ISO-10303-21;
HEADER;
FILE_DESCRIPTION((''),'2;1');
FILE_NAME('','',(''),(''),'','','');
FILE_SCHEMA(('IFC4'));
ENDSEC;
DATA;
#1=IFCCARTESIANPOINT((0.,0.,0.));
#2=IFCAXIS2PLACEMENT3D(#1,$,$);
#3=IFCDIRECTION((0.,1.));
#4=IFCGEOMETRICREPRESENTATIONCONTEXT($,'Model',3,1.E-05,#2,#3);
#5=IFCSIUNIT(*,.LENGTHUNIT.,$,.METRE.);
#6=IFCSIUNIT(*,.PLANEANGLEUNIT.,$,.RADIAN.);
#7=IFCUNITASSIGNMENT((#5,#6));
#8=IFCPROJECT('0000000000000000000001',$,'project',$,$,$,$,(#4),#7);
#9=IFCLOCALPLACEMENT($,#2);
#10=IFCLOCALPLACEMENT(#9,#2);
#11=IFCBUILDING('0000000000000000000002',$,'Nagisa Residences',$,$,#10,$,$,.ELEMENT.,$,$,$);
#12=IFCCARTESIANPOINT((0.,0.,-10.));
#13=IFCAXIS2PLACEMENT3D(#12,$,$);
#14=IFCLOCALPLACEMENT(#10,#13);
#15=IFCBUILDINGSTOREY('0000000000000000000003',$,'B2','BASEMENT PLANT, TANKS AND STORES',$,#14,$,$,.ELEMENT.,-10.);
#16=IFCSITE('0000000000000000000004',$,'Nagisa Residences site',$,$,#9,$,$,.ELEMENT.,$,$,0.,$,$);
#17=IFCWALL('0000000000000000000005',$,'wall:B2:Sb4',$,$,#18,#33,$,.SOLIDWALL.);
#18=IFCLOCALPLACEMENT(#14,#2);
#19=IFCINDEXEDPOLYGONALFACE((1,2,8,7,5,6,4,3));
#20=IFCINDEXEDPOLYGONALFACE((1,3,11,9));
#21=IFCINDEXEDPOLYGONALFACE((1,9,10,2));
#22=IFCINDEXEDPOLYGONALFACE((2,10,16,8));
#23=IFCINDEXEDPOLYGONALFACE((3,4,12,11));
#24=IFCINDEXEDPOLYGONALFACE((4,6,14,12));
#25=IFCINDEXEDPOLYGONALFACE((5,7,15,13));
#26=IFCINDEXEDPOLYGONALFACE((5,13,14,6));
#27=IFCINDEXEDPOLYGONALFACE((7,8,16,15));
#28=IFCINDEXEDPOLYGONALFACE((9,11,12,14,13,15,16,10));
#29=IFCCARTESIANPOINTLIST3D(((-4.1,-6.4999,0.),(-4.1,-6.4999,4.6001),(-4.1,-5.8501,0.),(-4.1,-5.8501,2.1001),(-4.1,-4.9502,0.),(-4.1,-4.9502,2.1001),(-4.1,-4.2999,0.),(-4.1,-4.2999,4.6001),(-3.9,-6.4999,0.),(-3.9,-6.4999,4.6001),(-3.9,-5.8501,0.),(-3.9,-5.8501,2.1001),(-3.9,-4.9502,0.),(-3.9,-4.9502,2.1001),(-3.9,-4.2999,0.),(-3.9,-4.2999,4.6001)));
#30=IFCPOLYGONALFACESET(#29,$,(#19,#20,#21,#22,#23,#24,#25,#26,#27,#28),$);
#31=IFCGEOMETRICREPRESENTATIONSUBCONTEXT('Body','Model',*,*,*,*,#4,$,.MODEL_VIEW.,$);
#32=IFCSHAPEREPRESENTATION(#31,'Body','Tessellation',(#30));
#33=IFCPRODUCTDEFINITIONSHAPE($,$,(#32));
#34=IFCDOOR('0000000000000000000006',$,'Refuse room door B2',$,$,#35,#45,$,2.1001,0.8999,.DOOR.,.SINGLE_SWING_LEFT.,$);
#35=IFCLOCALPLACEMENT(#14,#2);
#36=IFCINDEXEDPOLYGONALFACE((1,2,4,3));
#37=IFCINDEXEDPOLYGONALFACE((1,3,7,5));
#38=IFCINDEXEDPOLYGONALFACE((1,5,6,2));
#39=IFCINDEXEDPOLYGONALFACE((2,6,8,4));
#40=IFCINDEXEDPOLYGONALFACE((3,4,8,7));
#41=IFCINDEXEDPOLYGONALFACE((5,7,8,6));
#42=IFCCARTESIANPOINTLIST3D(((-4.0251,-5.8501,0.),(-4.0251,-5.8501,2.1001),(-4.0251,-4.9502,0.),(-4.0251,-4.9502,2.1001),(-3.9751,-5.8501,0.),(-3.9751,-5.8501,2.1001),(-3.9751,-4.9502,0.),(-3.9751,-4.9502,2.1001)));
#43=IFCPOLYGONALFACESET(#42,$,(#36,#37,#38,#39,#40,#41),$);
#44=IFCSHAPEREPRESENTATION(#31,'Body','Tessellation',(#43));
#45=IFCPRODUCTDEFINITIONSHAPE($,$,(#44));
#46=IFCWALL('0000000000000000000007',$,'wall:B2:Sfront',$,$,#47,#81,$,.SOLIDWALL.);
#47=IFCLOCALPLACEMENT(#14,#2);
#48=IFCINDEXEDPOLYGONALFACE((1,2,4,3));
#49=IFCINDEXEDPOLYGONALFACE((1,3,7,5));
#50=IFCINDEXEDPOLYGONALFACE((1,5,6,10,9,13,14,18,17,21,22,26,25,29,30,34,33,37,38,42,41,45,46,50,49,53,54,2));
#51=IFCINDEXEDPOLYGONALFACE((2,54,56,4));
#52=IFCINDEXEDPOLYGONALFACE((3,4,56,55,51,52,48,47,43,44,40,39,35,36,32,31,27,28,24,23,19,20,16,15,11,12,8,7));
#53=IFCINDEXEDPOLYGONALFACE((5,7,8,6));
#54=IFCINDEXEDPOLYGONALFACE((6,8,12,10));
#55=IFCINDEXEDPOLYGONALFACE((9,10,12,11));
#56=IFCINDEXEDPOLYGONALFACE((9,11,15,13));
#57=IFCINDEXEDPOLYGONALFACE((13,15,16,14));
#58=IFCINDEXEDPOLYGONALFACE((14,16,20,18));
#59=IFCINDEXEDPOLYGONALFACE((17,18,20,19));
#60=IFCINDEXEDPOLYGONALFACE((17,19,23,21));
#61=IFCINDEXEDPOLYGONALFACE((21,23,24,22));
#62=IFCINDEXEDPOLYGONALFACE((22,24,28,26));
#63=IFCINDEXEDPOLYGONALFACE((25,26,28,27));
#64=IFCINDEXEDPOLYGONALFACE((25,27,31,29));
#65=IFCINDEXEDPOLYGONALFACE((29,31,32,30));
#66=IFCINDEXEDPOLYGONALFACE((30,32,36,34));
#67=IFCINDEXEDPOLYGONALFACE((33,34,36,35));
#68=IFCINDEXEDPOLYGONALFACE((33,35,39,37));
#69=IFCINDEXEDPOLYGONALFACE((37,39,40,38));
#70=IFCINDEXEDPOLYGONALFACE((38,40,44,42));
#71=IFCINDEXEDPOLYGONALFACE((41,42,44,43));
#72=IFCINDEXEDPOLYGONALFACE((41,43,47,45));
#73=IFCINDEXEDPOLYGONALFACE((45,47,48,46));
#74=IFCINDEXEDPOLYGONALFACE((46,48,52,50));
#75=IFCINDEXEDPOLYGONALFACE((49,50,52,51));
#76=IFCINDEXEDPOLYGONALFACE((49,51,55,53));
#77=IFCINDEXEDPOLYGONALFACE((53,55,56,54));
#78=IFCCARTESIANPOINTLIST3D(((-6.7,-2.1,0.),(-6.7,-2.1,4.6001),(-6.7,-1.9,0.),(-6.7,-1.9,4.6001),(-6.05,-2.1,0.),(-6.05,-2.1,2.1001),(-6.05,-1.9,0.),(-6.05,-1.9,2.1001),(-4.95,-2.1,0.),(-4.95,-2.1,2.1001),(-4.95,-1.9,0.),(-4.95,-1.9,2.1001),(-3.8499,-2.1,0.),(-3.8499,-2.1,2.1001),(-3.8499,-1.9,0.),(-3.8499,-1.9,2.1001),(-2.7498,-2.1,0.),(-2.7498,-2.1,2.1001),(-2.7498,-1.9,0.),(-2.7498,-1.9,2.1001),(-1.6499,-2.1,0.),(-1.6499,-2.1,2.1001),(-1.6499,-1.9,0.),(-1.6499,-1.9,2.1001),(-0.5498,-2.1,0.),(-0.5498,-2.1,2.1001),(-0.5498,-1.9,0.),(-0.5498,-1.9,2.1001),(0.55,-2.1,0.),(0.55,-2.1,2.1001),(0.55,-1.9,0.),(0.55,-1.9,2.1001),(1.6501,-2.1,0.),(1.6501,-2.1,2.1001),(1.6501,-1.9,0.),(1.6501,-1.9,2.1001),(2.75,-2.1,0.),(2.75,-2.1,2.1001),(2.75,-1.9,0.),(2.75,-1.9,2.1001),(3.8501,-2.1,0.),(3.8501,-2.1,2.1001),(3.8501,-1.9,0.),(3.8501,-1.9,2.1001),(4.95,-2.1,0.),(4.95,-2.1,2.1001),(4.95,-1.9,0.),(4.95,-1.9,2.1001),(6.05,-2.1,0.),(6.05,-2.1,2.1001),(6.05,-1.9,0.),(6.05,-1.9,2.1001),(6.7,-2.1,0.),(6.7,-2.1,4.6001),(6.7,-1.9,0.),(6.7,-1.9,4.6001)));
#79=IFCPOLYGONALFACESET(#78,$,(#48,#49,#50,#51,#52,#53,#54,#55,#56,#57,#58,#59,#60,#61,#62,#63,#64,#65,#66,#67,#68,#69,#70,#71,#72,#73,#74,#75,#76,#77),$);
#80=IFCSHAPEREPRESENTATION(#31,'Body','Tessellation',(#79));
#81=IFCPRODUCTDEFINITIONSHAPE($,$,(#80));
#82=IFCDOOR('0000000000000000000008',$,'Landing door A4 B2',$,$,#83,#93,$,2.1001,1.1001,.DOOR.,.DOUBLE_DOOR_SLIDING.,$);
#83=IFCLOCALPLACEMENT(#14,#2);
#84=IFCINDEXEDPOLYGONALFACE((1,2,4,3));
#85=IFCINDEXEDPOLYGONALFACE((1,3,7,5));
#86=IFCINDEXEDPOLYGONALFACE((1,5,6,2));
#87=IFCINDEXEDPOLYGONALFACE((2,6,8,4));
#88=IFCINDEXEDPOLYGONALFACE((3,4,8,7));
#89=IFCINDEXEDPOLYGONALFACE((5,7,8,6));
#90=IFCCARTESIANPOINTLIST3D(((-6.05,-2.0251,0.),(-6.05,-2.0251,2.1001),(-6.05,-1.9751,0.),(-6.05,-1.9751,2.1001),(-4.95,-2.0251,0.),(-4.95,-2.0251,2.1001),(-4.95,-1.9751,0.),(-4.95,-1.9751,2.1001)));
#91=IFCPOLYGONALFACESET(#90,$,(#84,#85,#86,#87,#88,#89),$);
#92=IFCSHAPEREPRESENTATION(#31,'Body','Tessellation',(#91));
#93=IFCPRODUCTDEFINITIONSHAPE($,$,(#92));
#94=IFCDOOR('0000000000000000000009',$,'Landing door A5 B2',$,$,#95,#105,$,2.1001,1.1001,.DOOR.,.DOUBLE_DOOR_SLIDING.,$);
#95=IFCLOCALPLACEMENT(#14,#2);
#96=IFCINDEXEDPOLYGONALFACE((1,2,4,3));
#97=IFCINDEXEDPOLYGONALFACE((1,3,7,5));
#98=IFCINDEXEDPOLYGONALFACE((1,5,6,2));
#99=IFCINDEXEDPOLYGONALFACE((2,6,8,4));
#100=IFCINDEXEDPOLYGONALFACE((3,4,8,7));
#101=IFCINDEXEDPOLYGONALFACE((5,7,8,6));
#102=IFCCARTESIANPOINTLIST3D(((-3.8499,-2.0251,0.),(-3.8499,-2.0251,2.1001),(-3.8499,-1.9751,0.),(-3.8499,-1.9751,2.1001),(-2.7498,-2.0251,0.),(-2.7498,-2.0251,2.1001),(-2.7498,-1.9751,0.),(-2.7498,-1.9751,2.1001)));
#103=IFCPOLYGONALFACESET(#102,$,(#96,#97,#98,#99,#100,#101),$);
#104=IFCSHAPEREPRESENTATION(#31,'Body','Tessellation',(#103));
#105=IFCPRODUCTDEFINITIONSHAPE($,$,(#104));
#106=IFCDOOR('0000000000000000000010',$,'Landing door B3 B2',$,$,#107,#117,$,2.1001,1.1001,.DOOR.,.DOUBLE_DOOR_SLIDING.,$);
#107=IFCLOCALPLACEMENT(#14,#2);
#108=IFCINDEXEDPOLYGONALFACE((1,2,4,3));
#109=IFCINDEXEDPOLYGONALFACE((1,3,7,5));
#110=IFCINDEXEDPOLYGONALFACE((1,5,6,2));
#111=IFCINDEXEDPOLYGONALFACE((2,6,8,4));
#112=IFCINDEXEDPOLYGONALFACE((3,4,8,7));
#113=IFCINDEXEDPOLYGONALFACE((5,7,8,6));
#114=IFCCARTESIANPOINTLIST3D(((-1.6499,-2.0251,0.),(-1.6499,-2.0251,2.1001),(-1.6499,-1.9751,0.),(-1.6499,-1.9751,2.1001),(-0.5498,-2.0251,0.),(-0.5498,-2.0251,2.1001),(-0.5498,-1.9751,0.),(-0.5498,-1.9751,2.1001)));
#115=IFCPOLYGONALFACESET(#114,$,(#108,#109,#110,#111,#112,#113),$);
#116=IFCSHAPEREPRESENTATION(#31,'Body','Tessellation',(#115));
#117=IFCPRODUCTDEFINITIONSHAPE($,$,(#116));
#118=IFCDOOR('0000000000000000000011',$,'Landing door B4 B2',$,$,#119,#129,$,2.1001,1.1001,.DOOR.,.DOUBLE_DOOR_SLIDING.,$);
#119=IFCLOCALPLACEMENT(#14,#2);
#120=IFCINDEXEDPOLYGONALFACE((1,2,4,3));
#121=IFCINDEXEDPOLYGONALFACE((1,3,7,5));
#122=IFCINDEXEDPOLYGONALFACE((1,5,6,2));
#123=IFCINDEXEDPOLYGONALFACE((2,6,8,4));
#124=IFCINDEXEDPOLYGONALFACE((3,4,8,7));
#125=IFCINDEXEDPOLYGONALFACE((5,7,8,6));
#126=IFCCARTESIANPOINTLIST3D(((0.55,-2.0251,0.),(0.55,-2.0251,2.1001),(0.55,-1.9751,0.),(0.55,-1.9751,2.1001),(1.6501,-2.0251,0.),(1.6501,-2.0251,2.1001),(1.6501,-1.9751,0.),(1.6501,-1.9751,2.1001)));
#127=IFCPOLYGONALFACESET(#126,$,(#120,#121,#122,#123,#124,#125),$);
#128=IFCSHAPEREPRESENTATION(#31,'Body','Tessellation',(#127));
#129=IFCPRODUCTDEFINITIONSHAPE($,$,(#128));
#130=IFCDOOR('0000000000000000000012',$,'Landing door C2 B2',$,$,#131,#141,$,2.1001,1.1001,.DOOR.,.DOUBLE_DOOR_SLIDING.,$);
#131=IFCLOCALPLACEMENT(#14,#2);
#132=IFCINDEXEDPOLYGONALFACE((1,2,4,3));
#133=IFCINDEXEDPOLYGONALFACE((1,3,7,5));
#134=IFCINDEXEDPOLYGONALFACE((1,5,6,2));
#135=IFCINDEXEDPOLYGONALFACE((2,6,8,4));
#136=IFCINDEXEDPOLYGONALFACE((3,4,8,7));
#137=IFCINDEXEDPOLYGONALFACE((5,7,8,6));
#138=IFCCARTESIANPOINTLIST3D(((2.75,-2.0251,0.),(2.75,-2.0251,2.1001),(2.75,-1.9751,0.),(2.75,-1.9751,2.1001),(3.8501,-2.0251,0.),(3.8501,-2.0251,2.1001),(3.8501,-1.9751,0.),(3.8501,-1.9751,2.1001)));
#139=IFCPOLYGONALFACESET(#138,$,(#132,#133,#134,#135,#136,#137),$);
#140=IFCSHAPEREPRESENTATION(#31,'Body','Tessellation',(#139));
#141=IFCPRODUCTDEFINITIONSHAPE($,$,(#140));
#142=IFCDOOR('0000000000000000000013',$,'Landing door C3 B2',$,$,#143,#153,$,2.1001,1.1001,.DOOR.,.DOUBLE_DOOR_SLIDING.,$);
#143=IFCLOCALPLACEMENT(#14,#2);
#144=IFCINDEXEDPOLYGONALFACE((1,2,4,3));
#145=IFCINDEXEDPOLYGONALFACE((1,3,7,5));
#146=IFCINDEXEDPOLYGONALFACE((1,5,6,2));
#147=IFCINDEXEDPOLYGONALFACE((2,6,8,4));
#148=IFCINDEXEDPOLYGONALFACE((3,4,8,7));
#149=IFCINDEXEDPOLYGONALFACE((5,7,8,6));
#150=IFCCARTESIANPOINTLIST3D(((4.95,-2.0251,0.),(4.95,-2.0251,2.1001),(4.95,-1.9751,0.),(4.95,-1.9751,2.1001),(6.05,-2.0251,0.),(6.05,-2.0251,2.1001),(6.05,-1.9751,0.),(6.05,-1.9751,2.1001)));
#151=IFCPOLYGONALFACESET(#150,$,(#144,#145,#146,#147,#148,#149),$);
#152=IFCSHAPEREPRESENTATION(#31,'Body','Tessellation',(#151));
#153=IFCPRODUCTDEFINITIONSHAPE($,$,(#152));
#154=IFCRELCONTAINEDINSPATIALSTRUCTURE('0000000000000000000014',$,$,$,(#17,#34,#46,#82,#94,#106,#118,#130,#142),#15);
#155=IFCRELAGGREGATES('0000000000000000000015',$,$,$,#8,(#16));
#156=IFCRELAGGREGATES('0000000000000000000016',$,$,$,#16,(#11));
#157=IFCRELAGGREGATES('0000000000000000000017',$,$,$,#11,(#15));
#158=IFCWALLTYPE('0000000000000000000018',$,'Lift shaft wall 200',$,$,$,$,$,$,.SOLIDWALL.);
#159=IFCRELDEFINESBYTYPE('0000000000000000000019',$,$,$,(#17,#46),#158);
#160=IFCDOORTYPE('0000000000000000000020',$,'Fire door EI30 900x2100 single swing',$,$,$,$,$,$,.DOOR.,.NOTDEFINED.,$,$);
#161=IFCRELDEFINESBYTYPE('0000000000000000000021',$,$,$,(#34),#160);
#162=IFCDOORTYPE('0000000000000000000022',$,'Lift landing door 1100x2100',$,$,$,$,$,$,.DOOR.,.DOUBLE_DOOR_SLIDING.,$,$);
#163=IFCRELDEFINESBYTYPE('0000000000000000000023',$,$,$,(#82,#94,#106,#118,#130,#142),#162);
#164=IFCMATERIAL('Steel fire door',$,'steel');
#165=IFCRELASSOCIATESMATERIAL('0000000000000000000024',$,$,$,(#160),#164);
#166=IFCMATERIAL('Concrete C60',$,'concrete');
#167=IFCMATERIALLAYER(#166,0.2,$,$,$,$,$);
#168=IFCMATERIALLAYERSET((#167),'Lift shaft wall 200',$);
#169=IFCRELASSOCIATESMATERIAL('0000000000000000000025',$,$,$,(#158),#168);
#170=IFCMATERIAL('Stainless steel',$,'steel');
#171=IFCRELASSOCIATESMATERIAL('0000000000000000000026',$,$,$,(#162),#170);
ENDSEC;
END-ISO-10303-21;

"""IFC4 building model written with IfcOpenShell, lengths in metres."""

from ifc_helpers import new_model, si_unit, direction, frame, frame_2d, origin, place, context, subcontext, project, spatial, rectangle, extrude, material, layer, layer_set, type_object, element, fill, save


model = new_model("IFC4")

# Units and contexts
model_context = context("Model", 3, precision=1e-05, world=origin(), true_north=direction((0.0, 1.0)))
body_context = subcontext(model_context, "Body", "Model", "MODEL_VIEW")
ifc_project = project(units=[si_unit("LENGTHUNIT", "METRE"), si_unit("PLANEANGLEUNIT", "RADIAN")], contexts=[model_context])

# Site, building, storey
site_placement = place(None, origin())
site = spatial("IfcSite", under=ifc_project, at=site_placement, Name="Nagisa Residences site", CompositionType="ELEMENT", RefElevation=0.0)
building_placement = place(site_placement, origin())
building = spatial("IfcBuilding", under=site, at=building_placement, Name="Nagisa Residences", CompositionType="ELEMENT")
storey_placement = place(building_placement, frame((0.0, 0.0, -10.0)))
storey = spatial("IfcBuildingStorey", under=building, at=storey_placement, Name="B2", Description="BASEMENT PLANT, TANKS AND STORES", CompositionType="ELEMENT", Elevation=-10.0)

# Shared definitions
ifc_material_1 = material(Name="Steel fire door", Category="steel")
door_type_1 = type_object("IfcDoorType", Name="Fire door EI30 900x2100 single swing", OperationType="NOTDEFINED", PredefinedType="DOOR", material=ifc_material_1)

# Wall, opening, door
ifc_material_2 = material(Name="Concrete C60", Category="concrete")
ifc_layer_1 = layer(ifc_material_2, 0.2)
ifc_layer_set_1 = layer_set([ifc_layer_1], Name="Lift shaft wall 200")
wall_type_1 = type_object("IfcWallType", Name="Lift shaft wall 200", PredefinedType="SOLIDWALL", material=ifc_layer_set_1)
wall_1_placement = place(storey_placement, frame((-4.0, -6.5, 0.0), z_axis=(0.0, 0.0, 1.0), x_axis=(0.0, 1.0, 0.0)))
wall_1 = element("IfcWall", 1, at=wall_1_placement, inside=storey, type_object=wall_type_1, Name="wall:B2:Sb4", PredefinedType="SOLIDWALL", context=body_context, shape_type="SweptSolid", body=[
    extrude(rectangle(XDim=2.2, YDim=0.2, at=frame_2d((1.1001, 0.0))), origin(), (0.0, 0.0, 1.0), 4.6001),
])
opening_1_placement = place(wall_1_placement, frame((0.6499, 0.0, 0.0)))
opening_1 = element("IfcOpeningElement", 2, at=opening_1_placement, cuts=wall_1, PredefinedType="OPENING", context=body_context, shape_type="SweptSolid", body=[
    extrude(rectangle(XDim=0.8999, YDim=2.1001, at=frame_2d((0.45, 1.05))), frame((0.0, 0.1099, 0.0), z_axis=(0.0, -1.0, 0.0), x_axis=(1.0, 0.0, 0.0)), (0.0, 0.0, 1.0), 0.22),
])
door_1_placement = place(opening_1_placement, frame((0.8999, 0.0, 0.0), x_axis=(-1.0, 0.0, 0.0)))
door_1 = element("IfcDoor", 3, at=door_1_placement, inside=storey, type_object=door_type_1, Name="Refuse room door B2", OperationType="SINGLE_SWING_LEFT", OverallHeight=2.1001, OverallWidth=0.8999, PredefinedType="DOOR", context=body_context, shape_type="SweptSolid", body=[
    extrude(rectangle(XDim=0.8999, YDim=2.1001, at=frame_2d((0.45, 1.05))), frame((0.0, 0.0249, 0.0), z_axis=(0.0, -1.0, 0.0), x_axis=(1.0, 0.0, 0.0)), (0.0, 0.0, 1.0), 0.05),
])
fill(opening_1, door_1)

# Wall, openings, doors
wall_2_placement = place(storey_placement, frame((-6.7, -2.0, 0.0), z_axis=(0.0, 0.0, 1.0), x_axis=(1.0, 0.0, 0.0)))
wall_2 = element("IfcWall", 4, at=wall_2_placement, inside=storey, type_object=wall_type_1, Name="wall:B2:Sfront", PredefinedType="SOLIDWALL", context=body_context, shape_type="SweptSolid", body=[
    extrude(rectangle(XDim=13.3999, YDim=0.2, at=frame_2d((6.7, 0.0))), origin(), (0.0, 0.0, 1.0), 4.6001),
])
opening_2_placement = place(wall_2_placement, frame((0.6499, 0.0, 0.0)))
opening_2 = element("IfcOpeningElement", 5, at=opening_2_placement, cuts=wall_2, PredefinedType="OPENING", context=body_context, shape_type="SweptSolid", body=[
    extrude(rectangle(XDim=1.1001, YDim=2.1001, at=frame_2d((0.55, 1.05))), frame((0.0, 0.1099, 0.0), z_axis=(0.0, -1.0, 0.0), x_axis=(1.0, 0.0, 0.0)), (0.0, 0.0, 1.0), 0.22),
])
opening_3_placement = place(wall_2_placement, frame((2.8501, 0.0, 0.0)))
opening_3 = element("IfcOpeningElement", 6, at=opening_3_placement, cuts=wall_2, PredefinedType="OPENING", context=body_context, shape_type="SweptSolid", body=[
    extrude(rectangle(XDim=1.1001, YDim=2.1001, at=frame_2d((0.55, 1.05))), frame((0.0, 0.1099, 0.0), z_axis=(0.0, -1.0, 0.0), x_axis=(1.0, 0.0, 0.0)), (0.0, 0.0, 1.0), 0.22),
])
opening_4_placement = place(wall_2_placement, frame((5.05, 0.0, 0.0)))
opening_4 = element("IfcOpeningElement", 7, at=opening_4_placement, cuts=wall_2, PredefinedType="OPENING", context=body_context, shape_type="SweptSolid", body=[
    extrude(rectangle(XDim=1.1001, YDim=2.1001, at=frame_2d((0.55, 1.05))), frame((0.0, 0.1099, 0.0), z_axis=(0.0, -1.0, 0.0), x_axis=(1.0, 0.0, 0.0)), (0.0, 0.0, 1.0), 0.22),
])
opening_5_placement = place(wall_2_placement, frame((7.25, 0.0, 0.0)))
opening_5 = element("IfcOpeningElement", 8, at=opening_5_placement, cuts=wall_2, PredefinedType="OPENING", context=body_context, shape_type="SweptSolid", body=[
    extrude(rectangle(XDim=1.1001, YDim=2.1001, at=frame_2d((0.55, 1.05))), frame((0.0, 0.1099, 0.0), z_axis=(0.0, -1.0, 0.0), x_axis=(1.0, 0.0, 0.0)), (0.0, 0.0, 1.0), 0.22),
])
opening_6_placement = place(wall_2_placement, frame((9.45, 0.0, 0.0)))
opening_6 = element("IfcOpeningElement", 9, at=opening_6_placement, cuts=wall_2, PredefinedType="OPENING", context=body_context, shape_type="SweptSolid", body=[
    extrude(rectangle(XDim=1.1001, YDim=2.1001, at=frame_2d((0.55, 1.05))), frame((0.0, 0.1099, 0.0), z_axis=(0.0, -1.0, 0.0), x_axis=(1.0, 0.0, 0.0)), (0.0, 0.0, 1.0), 0.22),
])
opening_7_placement = place(wall_2_placement, frame((11.6499, 0.0, 0.0)))
opening_7 = element("IfcOpeningElement", 10, at=opening_7_placement, cuts=wall_2, PredefinedType="OPENING", context=body_context, shape_type="SweptSolid", body=[
    extrude(rectangle(XDim=1.1001, YDim=2.1001, at=frame_2d((0.55, 1.05))), frame((0.0, 0.1099, 0.0), z_axis=(0.0, -1.0, 0.0), x_axis=(1.0, 0.0, 0.0)), (0.0, 0.0, 1.0), 0.22),
])
ifc_material_3 = material(Name="Stainless steel", Category="steel")
door_type_2 = type_object("IfcDoorType", Name="Lift landing door 1100x2100", OperationType="DOUBLE_DOOR_SLIDING", PredefinedType="DOOR", material=ifc_material_3)
door_2_placement = place(opening_2_placement, origin())
door_2 = element("IfcDoor", 11, at=door_2_placement, inside=storey, type_object=door_type_2, Name="Landing door A4 B2", OperationType="DOUBLE_DOOR_SLIDING", OverallHeight=2.1001, OverallWidth=1.1001, PredefinedType="DOOR", context=body_context, shape_type="SweptSolid", body=[
    extrude(rectangle(XDim=1.1001, YDim=2.1001, at=frame_2d((0.55, 1.05))), frame((0.0, 0.0249, 0.0), z_axis=(0.0, -1.0, 0.0), x_axis=(1.0, 0.0, 0.0)), (0.0, 0.0, 1.0), 0.05),
])
fill(opening_2, door_2)
door_3_placement = place(opening_3_placement, origin())
door_3 = element("IfcDoor", 12, at=door_3_placement, inside=storey, type_object=door_type_2, Name="Landing door A5 B2", OperationType="DOUBLE_DOOR_SLIDING", OverallHeight=2.1001, OverallWidth=1.1001, PredefinedType="DOOR", context=body_context, shape_type="SweptSolid", body=[
    extrude(rectangle(XDim=1.1001, YDim=2.1001, at=frame_2d((0.55, 1.05))), frame((0.0, 0.0249, 0.0), z_axis=(0.0, -1.0, 0.0), x_axis=(1.0, 0.0, 0.0)), (0.0, 0.0, 1.0), 0.05),
])
fill(opening_3, door_3)
door_4_placement = place(opening_4_placement, origin())
door_4 = element("IfcDoor", 13, at=door_4_placement, inside=storey, type_object=door_type_2, Name="Landing door B3 B2", OperationType="DOUBLE_DOOR_SLIDING", OverallHeight=2.1001, OverallWidth=1.1001, PredefinedType="DOOR", context=body_context, shape_type="SweptSolid", body=[
    extrude(rectangle(XDim=1.1001, YDim=2.1001, at=frame_2d((0.55, 1.05))), frame((0.0, 0.0249, 0.0), z_axis=(0.0, -1.0, 0.0), x_axis=(1.0, 0.0, 0.0)), (0.0, 0.0, 1.0), 0.05),
])
fill(opening_4, door_4)
door_5_placement = place(opening_5_placement, origin())
door_5 = element("IfcDoor", 14, at=door_5_placement, inside=storey, type_object=door_type_2, Name="Landing door B4 B2", OperationType="DOUBLE_DOOR_SLIDING", OverallHeight=2.1001, OverallWidth=1.1001, PredefinedType="DOOR", context=body_context, shape_type="SweptSolid", body=[
    extrude(rectangle(XDim=1.1001, YDim=2.1001, at=frame_2d((0.55, 1.05))), frame((0.0, 0.0249, 0.0), z_axis=(0.0, -1.0, 0.0), x_axis=(1.0, 0.0, 0.0)), (0.0, 0.0, 1.0), 0.05),
])
fill(opening_5, door_5)
door_6_placement = place(opening_6_placement, origin())
door_6 = element("IfcDoor", 15, at=door_6_placement, inside=storey, type_object=door_type_2, Name="Landing door C2 B2", OperationType="DOUBLE_DOOR_SLIDING", OverallHeight=2.1001, OverallWidth=1.1001, PredefinedType="DOOR", context=body_context, shape_type="SweptSolid", body=[
    extrude(rectangle(XDim=1.1001, YDim=2.1001, at=frame_2d((0.55, 1.05))), frame((0.0, 0.0249, 0.0), z_axis=(0.0, -1.0, 0.0), x_axis=(1.0, 0.0, 0.0)), (0.0, 0.0, 1.0), 0.05),
])
fill(opening_6, door_6)
door_7_placement = place(opening_7_placement, origin())
door_7 = element("IfcDoor", 16, at=door_7_placement, inside=storey, type_object=door_type_2, Name="Landing door C3 B2", OperationType="DOUBLE_DOOR_SLIDING", OverallHeight=2.1001, OverallWidth=1.1001, PredefinedType="DOOR", context=body_context, shape_type="SweptSolid", body=[
    extrude(rectangle(XDim=1.1001, YDim=2.1001, at=frame_2d((0.55, 1.05))), frame((0.0, 0.0249, 0.0), z_axis=(0.0, -1.0, 0.0), x_axis=(1.0, 0.0, 0.0)), (0.0, 0.0, 1.0), 0.05),
])
fill(opening_7, door_7)

save(model, "model.ifc")
